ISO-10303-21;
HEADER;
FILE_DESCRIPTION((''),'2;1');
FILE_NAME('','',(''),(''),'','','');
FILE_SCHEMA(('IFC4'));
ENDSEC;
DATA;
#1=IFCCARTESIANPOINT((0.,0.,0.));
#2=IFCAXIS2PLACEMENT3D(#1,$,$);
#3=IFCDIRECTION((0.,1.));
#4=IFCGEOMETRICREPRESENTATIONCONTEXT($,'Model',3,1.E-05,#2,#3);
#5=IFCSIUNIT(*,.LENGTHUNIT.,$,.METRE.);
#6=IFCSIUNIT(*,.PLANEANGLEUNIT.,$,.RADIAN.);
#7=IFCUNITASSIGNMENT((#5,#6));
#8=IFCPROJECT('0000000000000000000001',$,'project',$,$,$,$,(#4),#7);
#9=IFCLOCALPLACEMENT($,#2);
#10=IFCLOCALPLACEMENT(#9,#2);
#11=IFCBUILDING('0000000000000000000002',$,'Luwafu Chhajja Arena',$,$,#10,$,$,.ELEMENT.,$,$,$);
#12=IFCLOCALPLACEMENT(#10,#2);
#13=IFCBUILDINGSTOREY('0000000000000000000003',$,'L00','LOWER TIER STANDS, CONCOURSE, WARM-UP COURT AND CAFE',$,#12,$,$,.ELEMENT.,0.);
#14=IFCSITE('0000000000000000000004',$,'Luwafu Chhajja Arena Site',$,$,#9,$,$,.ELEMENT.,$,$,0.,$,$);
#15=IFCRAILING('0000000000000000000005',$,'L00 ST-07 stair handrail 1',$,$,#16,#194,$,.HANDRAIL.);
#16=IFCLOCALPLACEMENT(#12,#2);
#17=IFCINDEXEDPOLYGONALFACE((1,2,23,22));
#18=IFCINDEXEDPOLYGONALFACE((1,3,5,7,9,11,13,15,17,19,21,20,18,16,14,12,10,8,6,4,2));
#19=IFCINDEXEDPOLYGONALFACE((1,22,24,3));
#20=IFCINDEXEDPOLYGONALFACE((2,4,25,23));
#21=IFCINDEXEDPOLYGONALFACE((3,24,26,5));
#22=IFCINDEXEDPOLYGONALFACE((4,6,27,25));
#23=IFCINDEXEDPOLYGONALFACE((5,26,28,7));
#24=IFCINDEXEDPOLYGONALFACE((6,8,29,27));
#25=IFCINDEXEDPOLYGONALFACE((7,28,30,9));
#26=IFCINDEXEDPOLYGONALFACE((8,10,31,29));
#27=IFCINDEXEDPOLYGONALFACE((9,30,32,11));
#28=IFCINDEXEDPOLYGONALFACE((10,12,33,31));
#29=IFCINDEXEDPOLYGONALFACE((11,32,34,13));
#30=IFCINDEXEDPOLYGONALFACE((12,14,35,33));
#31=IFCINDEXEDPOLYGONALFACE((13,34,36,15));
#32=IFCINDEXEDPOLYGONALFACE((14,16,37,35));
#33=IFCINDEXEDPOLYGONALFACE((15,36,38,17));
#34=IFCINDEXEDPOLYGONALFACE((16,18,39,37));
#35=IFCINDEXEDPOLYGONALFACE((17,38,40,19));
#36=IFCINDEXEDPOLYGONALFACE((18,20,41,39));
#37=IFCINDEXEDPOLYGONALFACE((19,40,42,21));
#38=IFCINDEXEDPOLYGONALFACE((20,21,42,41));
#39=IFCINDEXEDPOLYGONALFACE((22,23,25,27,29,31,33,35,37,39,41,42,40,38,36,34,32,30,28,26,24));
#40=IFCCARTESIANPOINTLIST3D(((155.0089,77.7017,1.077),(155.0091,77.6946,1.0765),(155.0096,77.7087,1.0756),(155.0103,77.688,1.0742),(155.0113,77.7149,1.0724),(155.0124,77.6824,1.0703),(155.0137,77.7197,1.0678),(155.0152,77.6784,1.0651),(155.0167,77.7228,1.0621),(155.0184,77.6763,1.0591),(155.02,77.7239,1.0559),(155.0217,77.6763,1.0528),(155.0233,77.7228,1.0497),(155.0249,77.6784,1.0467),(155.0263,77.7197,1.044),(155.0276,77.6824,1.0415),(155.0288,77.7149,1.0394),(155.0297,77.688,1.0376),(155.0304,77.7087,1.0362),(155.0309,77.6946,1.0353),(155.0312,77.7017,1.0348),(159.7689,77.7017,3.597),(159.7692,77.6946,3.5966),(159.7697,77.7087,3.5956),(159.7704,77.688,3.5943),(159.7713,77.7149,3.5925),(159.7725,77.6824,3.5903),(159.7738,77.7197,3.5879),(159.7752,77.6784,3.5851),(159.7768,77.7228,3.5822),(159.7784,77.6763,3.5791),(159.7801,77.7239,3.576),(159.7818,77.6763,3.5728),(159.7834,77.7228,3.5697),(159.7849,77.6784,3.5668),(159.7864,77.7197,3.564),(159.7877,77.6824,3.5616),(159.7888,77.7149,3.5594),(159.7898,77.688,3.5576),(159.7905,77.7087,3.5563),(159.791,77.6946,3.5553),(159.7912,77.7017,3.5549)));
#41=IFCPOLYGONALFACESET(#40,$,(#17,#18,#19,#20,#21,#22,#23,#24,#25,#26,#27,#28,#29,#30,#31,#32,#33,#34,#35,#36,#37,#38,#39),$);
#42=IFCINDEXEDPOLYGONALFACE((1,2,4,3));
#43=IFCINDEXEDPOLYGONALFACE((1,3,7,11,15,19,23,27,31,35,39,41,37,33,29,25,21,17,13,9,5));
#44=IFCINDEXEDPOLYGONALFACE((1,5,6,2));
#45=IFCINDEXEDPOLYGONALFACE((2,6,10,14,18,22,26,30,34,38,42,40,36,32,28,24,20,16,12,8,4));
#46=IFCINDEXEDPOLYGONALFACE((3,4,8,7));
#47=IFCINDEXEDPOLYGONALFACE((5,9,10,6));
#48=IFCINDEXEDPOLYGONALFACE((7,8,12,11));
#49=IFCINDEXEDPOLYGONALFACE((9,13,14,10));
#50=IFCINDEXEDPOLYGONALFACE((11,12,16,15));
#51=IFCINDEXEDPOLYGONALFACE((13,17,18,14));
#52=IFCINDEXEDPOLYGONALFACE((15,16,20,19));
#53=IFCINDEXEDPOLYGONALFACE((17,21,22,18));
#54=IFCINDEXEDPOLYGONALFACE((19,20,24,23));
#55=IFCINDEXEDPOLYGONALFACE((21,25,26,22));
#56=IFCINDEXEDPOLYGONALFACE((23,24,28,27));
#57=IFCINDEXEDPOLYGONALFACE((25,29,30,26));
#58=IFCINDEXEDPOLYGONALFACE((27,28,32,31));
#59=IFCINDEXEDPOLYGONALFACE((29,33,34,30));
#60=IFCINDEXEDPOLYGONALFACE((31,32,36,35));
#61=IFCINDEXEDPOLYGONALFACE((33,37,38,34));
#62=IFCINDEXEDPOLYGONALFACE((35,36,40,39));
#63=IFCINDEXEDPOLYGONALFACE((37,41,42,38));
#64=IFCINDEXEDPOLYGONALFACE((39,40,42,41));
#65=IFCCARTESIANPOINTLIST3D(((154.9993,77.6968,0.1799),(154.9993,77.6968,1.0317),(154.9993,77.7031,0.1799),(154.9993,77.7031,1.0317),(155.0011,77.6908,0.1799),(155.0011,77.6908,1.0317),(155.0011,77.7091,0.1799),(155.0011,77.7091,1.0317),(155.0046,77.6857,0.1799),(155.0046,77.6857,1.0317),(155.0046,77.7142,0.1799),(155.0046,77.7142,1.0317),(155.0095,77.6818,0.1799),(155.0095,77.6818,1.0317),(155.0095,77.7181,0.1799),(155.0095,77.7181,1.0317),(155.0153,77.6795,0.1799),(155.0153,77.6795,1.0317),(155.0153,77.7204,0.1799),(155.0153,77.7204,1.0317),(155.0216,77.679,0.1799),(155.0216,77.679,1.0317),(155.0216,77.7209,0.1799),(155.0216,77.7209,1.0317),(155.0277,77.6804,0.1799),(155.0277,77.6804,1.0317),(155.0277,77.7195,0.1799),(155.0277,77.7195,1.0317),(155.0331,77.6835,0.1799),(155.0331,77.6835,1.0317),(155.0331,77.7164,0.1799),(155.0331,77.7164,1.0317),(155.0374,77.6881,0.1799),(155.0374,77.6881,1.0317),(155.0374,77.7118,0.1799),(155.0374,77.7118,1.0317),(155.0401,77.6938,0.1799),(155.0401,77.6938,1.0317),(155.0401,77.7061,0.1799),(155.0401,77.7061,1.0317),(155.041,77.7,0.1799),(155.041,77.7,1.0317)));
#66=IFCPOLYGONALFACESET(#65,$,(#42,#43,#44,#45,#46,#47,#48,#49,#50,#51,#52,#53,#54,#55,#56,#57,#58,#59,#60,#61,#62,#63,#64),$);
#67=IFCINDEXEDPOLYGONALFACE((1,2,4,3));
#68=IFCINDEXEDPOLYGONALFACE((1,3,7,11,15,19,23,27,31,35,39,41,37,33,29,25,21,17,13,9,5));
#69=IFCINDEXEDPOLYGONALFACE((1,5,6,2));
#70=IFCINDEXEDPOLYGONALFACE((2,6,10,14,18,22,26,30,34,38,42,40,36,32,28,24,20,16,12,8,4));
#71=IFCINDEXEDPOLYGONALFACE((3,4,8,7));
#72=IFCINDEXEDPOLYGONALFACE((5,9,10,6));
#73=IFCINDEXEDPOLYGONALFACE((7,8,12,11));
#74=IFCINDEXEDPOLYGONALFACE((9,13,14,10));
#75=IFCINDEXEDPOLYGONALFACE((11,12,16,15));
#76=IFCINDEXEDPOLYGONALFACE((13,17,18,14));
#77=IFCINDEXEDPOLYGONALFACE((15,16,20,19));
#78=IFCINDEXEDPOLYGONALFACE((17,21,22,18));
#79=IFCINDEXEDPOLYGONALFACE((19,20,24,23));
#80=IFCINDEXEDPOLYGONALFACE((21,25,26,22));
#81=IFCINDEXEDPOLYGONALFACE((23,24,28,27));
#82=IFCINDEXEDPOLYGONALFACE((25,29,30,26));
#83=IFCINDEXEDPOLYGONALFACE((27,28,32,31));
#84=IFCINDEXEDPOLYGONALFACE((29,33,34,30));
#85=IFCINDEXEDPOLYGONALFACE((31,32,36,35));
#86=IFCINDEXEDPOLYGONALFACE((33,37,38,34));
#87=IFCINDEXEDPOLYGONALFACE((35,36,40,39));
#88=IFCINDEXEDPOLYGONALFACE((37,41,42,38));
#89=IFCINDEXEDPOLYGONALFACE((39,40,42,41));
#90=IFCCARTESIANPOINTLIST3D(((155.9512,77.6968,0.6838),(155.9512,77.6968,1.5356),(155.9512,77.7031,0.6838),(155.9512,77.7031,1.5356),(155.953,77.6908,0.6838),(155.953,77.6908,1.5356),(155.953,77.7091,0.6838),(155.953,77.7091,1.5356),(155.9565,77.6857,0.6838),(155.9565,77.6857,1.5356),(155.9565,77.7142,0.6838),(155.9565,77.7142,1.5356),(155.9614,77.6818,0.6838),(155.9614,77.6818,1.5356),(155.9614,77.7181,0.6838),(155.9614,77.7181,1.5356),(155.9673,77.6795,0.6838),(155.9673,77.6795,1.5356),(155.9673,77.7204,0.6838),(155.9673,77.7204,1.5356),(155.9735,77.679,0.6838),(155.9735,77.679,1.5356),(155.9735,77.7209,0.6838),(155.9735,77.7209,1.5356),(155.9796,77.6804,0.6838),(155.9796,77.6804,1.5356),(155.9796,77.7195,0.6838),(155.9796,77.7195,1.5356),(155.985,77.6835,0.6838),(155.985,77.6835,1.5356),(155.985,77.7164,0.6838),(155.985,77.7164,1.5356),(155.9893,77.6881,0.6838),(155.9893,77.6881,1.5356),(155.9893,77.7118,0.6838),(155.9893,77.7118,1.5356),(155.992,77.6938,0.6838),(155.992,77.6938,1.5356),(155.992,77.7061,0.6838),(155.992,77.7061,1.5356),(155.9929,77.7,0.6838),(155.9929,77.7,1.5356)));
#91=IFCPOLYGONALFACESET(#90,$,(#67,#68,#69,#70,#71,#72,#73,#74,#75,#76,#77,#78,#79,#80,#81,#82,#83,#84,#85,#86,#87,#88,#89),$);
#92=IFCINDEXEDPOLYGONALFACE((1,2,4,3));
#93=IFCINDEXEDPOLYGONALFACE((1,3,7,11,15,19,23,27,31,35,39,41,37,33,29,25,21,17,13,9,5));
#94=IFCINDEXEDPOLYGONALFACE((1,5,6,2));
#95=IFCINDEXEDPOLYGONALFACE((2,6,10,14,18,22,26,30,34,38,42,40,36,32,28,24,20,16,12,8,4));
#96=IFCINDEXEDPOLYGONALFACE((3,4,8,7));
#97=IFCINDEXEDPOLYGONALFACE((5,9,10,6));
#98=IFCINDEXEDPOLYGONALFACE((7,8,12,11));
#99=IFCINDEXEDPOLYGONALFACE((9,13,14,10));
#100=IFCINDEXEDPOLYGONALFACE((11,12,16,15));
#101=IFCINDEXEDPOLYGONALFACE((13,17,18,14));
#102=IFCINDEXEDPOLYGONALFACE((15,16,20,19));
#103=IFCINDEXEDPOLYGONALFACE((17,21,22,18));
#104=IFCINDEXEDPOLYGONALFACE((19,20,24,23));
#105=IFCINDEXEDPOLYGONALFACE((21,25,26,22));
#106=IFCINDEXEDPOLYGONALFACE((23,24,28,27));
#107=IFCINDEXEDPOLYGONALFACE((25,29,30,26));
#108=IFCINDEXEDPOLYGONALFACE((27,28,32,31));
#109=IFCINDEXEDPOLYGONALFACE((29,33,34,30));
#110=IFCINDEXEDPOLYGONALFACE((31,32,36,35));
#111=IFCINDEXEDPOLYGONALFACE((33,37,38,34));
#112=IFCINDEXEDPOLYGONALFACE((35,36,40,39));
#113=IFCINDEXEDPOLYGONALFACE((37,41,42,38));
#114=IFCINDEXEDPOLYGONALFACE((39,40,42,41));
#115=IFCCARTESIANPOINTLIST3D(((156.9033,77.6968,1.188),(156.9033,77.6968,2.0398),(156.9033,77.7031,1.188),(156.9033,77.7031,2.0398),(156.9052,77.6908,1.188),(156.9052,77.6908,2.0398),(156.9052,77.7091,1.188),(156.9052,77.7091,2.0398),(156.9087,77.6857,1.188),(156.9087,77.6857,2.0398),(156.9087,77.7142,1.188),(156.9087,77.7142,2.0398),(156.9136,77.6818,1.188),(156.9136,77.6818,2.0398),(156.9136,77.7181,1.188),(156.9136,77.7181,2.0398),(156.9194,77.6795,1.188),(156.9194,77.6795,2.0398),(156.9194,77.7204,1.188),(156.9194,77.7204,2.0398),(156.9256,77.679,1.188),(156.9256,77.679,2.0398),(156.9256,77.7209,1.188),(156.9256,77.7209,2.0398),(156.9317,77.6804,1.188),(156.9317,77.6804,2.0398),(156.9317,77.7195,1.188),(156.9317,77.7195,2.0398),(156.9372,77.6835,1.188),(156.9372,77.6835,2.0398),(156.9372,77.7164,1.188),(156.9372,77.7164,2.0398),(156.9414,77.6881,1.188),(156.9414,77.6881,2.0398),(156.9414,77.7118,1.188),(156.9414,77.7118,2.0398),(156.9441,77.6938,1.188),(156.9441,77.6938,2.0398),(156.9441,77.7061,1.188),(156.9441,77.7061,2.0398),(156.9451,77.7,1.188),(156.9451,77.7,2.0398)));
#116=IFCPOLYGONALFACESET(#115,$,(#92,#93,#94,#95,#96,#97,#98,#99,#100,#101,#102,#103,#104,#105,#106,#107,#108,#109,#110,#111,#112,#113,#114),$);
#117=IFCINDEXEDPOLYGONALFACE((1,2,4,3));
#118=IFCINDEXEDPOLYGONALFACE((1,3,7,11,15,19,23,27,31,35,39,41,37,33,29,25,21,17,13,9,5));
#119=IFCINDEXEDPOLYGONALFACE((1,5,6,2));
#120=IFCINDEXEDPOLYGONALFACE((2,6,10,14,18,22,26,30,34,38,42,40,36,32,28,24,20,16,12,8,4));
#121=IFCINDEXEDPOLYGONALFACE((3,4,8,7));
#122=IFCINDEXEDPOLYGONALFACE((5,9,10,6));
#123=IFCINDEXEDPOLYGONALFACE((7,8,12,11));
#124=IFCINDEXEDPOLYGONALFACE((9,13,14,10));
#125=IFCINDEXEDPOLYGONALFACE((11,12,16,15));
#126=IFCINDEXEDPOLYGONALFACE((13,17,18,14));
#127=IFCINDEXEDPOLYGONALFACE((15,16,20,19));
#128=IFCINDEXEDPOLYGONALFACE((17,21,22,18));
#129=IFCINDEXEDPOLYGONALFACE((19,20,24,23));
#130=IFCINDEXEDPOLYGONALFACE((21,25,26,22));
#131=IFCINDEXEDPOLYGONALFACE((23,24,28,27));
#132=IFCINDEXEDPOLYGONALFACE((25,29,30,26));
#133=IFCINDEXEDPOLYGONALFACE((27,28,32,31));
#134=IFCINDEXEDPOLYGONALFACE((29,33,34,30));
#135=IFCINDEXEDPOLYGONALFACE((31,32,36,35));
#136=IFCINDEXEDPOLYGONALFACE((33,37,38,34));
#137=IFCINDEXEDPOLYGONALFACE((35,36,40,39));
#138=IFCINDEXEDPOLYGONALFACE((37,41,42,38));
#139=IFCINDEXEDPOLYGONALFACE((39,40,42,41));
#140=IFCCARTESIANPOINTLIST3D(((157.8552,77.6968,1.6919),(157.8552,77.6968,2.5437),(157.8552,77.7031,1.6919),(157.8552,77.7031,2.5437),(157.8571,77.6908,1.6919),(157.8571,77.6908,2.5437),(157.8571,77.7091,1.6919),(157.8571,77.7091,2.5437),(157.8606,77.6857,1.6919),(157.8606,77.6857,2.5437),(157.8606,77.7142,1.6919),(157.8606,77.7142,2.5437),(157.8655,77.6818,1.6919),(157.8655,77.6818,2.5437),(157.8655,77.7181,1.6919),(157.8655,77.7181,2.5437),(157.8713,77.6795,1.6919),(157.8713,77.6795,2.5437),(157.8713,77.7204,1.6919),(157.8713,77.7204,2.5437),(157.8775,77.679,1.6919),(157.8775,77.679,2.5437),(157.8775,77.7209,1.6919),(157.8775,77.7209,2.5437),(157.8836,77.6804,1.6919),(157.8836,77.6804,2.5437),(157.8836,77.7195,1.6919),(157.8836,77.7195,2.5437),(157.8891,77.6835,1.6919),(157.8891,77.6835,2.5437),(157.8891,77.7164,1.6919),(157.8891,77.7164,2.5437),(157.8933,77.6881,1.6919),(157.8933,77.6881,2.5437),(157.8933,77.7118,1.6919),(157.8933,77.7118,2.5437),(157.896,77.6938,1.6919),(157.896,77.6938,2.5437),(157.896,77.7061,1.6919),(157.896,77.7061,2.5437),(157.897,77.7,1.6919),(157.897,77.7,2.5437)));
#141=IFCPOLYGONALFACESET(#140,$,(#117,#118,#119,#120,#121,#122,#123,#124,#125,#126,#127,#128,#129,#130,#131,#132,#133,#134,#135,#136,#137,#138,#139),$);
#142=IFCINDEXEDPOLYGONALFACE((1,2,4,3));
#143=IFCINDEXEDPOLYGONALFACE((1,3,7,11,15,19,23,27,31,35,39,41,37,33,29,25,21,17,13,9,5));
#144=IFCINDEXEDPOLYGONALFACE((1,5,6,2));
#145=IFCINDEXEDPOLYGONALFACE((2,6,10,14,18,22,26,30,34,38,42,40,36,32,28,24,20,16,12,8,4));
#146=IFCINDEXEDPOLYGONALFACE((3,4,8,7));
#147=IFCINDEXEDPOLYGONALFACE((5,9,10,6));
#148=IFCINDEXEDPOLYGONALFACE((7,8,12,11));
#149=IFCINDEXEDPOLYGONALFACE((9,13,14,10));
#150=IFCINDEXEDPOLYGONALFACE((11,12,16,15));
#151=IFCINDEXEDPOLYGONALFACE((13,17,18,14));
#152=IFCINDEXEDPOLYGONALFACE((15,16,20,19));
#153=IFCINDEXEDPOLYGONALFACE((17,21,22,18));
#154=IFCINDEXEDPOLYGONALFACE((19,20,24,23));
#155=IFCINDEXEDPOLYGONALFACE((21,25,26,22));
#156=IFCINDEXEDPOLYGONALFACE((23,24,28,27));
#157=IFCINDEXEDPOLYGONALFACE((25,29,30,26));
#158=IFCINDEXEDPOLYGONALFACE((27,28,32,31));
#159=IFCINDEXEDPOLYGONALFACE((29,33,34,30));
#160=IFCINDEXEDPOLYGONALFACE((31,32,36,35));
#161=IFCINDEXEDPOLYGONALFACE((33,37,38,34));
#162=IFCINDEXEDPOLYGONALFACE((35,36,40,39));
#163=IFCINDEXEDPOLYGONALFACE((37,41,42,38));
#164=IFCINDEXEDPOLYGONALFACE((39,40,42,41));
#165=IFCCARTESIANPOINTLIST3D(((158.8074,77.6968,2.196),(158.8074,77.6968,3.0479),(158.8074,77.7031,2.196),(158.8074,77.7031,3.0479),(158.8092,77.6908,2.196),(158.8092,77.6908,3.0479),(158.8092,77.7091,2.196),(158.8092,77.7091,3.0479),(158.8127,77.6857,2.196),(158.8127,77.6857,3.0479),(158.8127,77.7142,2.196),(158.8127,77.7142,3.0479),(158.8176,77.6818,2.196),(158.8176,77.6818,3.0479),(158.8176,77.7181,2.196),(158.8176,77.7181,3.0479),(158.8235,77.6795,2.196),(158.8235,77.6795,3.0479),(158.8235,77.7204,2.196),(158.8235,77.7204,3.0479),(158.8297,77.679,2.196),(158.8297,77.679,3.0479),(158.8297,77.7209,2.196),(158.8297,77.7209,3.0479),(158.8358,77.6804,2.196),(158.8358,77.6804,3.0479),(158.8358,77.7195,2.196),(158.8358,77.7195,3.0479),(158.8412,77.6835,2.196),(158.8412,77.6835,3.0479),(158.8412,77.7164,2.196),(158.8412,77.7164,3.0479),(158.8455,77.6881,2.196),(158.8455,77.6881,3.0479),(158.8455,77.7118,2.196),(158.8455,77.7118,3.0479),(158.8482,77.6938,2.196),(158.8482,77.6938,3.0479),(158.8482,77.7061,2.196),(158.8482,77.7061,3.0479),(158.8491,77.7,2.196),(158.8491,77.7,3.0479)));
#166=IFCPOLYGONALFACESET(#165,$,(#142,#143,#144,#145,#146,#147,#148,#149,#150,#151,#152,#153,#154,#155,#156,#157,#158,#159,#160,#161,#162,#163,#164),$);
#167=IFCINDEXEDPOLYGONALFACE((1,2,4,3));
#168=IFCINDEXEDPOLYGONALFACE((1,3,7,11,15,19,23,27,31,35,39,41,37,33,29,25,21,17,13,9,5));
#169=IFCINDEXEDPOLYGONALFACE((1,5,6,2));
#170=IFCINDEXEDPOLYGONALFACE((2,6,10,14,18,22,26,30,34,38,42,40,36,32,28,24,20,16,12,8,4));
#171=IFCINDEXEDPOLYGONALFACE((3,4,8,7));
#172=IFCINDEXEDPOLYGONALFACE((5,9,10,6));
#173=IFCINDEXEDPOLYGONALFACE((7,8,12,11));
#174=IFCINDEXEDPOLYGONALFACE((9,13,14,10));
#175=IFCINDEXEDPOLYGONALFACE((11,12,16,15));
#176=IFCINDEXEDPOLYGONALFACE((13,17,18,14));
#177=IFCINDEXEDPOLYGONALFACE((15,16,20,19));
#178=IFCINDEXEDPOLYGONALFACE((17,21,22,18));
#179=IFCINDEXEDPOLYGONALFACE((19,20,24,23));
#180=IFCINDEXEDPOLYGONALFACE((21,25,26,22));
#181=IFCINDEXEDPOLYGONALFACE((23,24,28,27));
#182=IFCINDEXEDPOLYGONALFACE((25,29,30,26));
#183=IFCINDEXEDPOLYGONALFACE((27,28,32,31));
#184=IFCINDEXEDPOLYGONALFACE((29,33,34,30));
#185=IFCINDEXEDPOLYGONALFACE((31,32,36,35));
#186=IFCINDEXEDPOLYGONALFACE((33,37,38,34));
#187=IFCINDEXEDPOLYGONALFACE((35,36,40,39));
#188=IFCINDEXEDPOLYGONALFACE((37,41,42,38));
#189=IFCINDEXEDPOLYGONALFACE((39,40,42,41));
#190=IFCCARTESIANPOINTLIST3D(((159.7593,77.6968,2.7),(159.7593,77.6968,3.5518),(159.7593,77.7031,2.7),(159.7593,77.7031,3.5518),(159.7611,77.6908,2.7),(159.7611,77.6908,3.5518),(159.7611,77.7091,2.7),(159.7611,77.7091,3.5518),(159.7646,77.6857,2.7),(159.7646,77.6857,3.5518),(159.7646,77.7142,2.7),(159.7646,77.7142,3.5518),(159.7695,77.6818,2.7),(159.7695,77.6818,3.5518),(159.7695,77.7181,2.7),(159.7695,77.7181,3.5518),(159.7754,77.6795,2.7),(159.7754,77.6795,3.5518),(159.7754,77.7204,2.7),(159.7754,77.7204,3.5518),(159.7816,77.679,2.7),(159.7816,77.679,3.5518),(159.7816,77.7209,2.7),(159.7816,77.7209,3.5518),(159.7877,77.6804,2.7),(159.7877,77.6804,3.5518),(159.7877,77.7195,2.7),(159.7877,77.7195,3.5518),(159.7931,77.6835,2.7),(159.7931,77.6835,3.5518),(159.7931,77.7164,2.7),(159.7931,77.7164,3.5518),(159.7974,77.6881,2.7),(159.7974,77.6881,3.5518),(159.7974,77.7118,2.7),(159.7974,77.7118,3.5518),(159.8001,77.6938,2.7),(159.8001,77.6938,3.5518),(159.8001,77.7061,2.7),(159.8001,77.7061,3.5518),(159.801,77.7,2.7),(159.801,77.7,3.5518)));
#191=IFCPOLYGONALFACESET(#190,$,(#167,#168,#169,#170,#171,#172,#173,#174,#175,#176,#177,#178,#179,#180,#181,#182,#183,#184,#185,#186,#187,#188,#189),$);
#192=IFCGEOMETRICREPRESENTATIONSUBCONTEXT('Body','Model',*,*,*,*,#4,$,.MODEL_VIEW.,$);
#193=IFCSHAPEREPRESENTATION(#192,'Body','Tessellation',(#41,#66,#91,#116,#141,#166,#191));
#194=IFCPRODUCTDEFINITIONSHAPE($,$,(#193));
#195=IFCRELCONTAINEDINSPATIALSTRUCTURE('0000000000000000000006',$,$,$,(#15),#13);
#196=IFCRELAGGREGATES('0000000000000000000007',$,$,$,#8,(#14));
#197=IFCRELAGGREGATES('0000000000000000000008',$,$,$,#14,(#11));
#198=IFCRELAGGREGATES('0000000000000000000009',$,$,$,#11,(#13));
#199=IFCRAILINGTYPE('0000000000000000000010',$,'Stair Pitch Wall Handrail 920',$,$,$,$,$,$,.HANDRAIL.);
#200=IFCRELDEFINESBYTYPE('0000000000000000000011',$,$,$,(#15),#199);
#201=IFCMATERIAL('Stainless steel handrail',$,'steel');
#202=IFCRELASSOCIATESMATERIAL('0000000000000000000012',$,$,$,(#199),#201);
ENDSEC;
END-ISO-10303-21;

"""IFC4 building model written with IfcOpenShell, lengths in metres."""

from ifc_helpers import new_model, si_unit, direction, frame, origin, origin_2d, place, context, subcontext, project, spatial, circle, extrude, material, type_object, element, save


model = new_model("IFC4")

# Units and contexts
model_context = context("Model", 3, precision=1e-05, world=origin(), true_north=direction((0.0, 1.0)))
body_context = subcontext(model_context, "Body", "Model", "MODEL_VIEW")
ifc_project = project(units=[si_unit("LENGTHUNIT", "METRE"), si_unit("PLANEANGLEUNIT", "RADIAN")], contexts=[model_context])

# Site, building, storey
site_placement = place(None, origin())
site = spatial("IfcSite", under=ifc_project, at=site_placement, Name="Luwafu Chhajja Arena Site", CompositionType="ELEMENT", RefElevation=0.0)
building_placement = place(site_placement, origin())
building = spatial("IfcBuilding", under=site, at=building_placement, Name="Luwafu Chhajja Arena", CompositionType="ELEMENT")
storey_placement = place(building_placement, origin())
storey = spatial("IfcBuildingStorey", under=building, at=storey_placement, Name="L00", Description="LOWER TIER STANDS, CONCOURSE, WARM-UP COURT AND CAFE", CompositionType="ELEMENT", Elevation=0.0)

# Railing
ifc_material_1 = material(Name="Stainless steel handrail", Category="steel")
railing_type_1 = type_object("IfcRailingType", Name="Stair Pitch Wall Handrail 920", PredefinedType="HANDRAIL", material=ifc_material_1)
railing_1_placement = place(storey_placement, frame((155.02, 77.7, 0.1799)))
element("IfcRailing", 1, at=railing_1_placement, inside=storey, type_object=railing_type_1, Name="L00 ST-07 stair handrail 1", PredefinedType="HANDRAIL", context=body_context, shape_type="SweptSolid", body=[
    extrude(circle(Radius=0.0239, at=origin_2d()), frame((0.0, 0.0, 0.876), z_axis=(0.883787, 0.0, 0.46789), x_axis=(0.0, 1.0, 0.0)), (0.0, 0.0, 1.0), 5.386),
    extrude(circle(Radius=0.021, at=origin_2d()), origin(), (0.0, 0.0, 1.0), 0.8518),
    extrude(circle(Radius=0.021, at=origin_2d()), frame((0.9519, 0.0, 0.5039)), (0.0, 0.0, 1.0), 0.8518),
    extrude(circle(Radius=0.021, at=origin_2d()), frame((1.9041, 0.0, 1.0081)), (0.0, 0.0, 1.0), 0.8518),
    extrude(circle(Radius=0.021, at=origin_2d()), frame((2.856, 0.0, 1.512)), (0.0, 0.0, 1.0), 0.8518),
    extrude(circle(Radius=0.021, at=origin_2d()), frame((3.8081, 0.0, 2.0161)), (0.0, 0.0, 1.0), 0.8518),
    extrude(circle(Radius=0.021, at=origin_2d()), frame((4.76, 0.0, 2.52)), (0.0, 0.0, 1.0), 0.8518),
])

save(model, "model.ifc")
